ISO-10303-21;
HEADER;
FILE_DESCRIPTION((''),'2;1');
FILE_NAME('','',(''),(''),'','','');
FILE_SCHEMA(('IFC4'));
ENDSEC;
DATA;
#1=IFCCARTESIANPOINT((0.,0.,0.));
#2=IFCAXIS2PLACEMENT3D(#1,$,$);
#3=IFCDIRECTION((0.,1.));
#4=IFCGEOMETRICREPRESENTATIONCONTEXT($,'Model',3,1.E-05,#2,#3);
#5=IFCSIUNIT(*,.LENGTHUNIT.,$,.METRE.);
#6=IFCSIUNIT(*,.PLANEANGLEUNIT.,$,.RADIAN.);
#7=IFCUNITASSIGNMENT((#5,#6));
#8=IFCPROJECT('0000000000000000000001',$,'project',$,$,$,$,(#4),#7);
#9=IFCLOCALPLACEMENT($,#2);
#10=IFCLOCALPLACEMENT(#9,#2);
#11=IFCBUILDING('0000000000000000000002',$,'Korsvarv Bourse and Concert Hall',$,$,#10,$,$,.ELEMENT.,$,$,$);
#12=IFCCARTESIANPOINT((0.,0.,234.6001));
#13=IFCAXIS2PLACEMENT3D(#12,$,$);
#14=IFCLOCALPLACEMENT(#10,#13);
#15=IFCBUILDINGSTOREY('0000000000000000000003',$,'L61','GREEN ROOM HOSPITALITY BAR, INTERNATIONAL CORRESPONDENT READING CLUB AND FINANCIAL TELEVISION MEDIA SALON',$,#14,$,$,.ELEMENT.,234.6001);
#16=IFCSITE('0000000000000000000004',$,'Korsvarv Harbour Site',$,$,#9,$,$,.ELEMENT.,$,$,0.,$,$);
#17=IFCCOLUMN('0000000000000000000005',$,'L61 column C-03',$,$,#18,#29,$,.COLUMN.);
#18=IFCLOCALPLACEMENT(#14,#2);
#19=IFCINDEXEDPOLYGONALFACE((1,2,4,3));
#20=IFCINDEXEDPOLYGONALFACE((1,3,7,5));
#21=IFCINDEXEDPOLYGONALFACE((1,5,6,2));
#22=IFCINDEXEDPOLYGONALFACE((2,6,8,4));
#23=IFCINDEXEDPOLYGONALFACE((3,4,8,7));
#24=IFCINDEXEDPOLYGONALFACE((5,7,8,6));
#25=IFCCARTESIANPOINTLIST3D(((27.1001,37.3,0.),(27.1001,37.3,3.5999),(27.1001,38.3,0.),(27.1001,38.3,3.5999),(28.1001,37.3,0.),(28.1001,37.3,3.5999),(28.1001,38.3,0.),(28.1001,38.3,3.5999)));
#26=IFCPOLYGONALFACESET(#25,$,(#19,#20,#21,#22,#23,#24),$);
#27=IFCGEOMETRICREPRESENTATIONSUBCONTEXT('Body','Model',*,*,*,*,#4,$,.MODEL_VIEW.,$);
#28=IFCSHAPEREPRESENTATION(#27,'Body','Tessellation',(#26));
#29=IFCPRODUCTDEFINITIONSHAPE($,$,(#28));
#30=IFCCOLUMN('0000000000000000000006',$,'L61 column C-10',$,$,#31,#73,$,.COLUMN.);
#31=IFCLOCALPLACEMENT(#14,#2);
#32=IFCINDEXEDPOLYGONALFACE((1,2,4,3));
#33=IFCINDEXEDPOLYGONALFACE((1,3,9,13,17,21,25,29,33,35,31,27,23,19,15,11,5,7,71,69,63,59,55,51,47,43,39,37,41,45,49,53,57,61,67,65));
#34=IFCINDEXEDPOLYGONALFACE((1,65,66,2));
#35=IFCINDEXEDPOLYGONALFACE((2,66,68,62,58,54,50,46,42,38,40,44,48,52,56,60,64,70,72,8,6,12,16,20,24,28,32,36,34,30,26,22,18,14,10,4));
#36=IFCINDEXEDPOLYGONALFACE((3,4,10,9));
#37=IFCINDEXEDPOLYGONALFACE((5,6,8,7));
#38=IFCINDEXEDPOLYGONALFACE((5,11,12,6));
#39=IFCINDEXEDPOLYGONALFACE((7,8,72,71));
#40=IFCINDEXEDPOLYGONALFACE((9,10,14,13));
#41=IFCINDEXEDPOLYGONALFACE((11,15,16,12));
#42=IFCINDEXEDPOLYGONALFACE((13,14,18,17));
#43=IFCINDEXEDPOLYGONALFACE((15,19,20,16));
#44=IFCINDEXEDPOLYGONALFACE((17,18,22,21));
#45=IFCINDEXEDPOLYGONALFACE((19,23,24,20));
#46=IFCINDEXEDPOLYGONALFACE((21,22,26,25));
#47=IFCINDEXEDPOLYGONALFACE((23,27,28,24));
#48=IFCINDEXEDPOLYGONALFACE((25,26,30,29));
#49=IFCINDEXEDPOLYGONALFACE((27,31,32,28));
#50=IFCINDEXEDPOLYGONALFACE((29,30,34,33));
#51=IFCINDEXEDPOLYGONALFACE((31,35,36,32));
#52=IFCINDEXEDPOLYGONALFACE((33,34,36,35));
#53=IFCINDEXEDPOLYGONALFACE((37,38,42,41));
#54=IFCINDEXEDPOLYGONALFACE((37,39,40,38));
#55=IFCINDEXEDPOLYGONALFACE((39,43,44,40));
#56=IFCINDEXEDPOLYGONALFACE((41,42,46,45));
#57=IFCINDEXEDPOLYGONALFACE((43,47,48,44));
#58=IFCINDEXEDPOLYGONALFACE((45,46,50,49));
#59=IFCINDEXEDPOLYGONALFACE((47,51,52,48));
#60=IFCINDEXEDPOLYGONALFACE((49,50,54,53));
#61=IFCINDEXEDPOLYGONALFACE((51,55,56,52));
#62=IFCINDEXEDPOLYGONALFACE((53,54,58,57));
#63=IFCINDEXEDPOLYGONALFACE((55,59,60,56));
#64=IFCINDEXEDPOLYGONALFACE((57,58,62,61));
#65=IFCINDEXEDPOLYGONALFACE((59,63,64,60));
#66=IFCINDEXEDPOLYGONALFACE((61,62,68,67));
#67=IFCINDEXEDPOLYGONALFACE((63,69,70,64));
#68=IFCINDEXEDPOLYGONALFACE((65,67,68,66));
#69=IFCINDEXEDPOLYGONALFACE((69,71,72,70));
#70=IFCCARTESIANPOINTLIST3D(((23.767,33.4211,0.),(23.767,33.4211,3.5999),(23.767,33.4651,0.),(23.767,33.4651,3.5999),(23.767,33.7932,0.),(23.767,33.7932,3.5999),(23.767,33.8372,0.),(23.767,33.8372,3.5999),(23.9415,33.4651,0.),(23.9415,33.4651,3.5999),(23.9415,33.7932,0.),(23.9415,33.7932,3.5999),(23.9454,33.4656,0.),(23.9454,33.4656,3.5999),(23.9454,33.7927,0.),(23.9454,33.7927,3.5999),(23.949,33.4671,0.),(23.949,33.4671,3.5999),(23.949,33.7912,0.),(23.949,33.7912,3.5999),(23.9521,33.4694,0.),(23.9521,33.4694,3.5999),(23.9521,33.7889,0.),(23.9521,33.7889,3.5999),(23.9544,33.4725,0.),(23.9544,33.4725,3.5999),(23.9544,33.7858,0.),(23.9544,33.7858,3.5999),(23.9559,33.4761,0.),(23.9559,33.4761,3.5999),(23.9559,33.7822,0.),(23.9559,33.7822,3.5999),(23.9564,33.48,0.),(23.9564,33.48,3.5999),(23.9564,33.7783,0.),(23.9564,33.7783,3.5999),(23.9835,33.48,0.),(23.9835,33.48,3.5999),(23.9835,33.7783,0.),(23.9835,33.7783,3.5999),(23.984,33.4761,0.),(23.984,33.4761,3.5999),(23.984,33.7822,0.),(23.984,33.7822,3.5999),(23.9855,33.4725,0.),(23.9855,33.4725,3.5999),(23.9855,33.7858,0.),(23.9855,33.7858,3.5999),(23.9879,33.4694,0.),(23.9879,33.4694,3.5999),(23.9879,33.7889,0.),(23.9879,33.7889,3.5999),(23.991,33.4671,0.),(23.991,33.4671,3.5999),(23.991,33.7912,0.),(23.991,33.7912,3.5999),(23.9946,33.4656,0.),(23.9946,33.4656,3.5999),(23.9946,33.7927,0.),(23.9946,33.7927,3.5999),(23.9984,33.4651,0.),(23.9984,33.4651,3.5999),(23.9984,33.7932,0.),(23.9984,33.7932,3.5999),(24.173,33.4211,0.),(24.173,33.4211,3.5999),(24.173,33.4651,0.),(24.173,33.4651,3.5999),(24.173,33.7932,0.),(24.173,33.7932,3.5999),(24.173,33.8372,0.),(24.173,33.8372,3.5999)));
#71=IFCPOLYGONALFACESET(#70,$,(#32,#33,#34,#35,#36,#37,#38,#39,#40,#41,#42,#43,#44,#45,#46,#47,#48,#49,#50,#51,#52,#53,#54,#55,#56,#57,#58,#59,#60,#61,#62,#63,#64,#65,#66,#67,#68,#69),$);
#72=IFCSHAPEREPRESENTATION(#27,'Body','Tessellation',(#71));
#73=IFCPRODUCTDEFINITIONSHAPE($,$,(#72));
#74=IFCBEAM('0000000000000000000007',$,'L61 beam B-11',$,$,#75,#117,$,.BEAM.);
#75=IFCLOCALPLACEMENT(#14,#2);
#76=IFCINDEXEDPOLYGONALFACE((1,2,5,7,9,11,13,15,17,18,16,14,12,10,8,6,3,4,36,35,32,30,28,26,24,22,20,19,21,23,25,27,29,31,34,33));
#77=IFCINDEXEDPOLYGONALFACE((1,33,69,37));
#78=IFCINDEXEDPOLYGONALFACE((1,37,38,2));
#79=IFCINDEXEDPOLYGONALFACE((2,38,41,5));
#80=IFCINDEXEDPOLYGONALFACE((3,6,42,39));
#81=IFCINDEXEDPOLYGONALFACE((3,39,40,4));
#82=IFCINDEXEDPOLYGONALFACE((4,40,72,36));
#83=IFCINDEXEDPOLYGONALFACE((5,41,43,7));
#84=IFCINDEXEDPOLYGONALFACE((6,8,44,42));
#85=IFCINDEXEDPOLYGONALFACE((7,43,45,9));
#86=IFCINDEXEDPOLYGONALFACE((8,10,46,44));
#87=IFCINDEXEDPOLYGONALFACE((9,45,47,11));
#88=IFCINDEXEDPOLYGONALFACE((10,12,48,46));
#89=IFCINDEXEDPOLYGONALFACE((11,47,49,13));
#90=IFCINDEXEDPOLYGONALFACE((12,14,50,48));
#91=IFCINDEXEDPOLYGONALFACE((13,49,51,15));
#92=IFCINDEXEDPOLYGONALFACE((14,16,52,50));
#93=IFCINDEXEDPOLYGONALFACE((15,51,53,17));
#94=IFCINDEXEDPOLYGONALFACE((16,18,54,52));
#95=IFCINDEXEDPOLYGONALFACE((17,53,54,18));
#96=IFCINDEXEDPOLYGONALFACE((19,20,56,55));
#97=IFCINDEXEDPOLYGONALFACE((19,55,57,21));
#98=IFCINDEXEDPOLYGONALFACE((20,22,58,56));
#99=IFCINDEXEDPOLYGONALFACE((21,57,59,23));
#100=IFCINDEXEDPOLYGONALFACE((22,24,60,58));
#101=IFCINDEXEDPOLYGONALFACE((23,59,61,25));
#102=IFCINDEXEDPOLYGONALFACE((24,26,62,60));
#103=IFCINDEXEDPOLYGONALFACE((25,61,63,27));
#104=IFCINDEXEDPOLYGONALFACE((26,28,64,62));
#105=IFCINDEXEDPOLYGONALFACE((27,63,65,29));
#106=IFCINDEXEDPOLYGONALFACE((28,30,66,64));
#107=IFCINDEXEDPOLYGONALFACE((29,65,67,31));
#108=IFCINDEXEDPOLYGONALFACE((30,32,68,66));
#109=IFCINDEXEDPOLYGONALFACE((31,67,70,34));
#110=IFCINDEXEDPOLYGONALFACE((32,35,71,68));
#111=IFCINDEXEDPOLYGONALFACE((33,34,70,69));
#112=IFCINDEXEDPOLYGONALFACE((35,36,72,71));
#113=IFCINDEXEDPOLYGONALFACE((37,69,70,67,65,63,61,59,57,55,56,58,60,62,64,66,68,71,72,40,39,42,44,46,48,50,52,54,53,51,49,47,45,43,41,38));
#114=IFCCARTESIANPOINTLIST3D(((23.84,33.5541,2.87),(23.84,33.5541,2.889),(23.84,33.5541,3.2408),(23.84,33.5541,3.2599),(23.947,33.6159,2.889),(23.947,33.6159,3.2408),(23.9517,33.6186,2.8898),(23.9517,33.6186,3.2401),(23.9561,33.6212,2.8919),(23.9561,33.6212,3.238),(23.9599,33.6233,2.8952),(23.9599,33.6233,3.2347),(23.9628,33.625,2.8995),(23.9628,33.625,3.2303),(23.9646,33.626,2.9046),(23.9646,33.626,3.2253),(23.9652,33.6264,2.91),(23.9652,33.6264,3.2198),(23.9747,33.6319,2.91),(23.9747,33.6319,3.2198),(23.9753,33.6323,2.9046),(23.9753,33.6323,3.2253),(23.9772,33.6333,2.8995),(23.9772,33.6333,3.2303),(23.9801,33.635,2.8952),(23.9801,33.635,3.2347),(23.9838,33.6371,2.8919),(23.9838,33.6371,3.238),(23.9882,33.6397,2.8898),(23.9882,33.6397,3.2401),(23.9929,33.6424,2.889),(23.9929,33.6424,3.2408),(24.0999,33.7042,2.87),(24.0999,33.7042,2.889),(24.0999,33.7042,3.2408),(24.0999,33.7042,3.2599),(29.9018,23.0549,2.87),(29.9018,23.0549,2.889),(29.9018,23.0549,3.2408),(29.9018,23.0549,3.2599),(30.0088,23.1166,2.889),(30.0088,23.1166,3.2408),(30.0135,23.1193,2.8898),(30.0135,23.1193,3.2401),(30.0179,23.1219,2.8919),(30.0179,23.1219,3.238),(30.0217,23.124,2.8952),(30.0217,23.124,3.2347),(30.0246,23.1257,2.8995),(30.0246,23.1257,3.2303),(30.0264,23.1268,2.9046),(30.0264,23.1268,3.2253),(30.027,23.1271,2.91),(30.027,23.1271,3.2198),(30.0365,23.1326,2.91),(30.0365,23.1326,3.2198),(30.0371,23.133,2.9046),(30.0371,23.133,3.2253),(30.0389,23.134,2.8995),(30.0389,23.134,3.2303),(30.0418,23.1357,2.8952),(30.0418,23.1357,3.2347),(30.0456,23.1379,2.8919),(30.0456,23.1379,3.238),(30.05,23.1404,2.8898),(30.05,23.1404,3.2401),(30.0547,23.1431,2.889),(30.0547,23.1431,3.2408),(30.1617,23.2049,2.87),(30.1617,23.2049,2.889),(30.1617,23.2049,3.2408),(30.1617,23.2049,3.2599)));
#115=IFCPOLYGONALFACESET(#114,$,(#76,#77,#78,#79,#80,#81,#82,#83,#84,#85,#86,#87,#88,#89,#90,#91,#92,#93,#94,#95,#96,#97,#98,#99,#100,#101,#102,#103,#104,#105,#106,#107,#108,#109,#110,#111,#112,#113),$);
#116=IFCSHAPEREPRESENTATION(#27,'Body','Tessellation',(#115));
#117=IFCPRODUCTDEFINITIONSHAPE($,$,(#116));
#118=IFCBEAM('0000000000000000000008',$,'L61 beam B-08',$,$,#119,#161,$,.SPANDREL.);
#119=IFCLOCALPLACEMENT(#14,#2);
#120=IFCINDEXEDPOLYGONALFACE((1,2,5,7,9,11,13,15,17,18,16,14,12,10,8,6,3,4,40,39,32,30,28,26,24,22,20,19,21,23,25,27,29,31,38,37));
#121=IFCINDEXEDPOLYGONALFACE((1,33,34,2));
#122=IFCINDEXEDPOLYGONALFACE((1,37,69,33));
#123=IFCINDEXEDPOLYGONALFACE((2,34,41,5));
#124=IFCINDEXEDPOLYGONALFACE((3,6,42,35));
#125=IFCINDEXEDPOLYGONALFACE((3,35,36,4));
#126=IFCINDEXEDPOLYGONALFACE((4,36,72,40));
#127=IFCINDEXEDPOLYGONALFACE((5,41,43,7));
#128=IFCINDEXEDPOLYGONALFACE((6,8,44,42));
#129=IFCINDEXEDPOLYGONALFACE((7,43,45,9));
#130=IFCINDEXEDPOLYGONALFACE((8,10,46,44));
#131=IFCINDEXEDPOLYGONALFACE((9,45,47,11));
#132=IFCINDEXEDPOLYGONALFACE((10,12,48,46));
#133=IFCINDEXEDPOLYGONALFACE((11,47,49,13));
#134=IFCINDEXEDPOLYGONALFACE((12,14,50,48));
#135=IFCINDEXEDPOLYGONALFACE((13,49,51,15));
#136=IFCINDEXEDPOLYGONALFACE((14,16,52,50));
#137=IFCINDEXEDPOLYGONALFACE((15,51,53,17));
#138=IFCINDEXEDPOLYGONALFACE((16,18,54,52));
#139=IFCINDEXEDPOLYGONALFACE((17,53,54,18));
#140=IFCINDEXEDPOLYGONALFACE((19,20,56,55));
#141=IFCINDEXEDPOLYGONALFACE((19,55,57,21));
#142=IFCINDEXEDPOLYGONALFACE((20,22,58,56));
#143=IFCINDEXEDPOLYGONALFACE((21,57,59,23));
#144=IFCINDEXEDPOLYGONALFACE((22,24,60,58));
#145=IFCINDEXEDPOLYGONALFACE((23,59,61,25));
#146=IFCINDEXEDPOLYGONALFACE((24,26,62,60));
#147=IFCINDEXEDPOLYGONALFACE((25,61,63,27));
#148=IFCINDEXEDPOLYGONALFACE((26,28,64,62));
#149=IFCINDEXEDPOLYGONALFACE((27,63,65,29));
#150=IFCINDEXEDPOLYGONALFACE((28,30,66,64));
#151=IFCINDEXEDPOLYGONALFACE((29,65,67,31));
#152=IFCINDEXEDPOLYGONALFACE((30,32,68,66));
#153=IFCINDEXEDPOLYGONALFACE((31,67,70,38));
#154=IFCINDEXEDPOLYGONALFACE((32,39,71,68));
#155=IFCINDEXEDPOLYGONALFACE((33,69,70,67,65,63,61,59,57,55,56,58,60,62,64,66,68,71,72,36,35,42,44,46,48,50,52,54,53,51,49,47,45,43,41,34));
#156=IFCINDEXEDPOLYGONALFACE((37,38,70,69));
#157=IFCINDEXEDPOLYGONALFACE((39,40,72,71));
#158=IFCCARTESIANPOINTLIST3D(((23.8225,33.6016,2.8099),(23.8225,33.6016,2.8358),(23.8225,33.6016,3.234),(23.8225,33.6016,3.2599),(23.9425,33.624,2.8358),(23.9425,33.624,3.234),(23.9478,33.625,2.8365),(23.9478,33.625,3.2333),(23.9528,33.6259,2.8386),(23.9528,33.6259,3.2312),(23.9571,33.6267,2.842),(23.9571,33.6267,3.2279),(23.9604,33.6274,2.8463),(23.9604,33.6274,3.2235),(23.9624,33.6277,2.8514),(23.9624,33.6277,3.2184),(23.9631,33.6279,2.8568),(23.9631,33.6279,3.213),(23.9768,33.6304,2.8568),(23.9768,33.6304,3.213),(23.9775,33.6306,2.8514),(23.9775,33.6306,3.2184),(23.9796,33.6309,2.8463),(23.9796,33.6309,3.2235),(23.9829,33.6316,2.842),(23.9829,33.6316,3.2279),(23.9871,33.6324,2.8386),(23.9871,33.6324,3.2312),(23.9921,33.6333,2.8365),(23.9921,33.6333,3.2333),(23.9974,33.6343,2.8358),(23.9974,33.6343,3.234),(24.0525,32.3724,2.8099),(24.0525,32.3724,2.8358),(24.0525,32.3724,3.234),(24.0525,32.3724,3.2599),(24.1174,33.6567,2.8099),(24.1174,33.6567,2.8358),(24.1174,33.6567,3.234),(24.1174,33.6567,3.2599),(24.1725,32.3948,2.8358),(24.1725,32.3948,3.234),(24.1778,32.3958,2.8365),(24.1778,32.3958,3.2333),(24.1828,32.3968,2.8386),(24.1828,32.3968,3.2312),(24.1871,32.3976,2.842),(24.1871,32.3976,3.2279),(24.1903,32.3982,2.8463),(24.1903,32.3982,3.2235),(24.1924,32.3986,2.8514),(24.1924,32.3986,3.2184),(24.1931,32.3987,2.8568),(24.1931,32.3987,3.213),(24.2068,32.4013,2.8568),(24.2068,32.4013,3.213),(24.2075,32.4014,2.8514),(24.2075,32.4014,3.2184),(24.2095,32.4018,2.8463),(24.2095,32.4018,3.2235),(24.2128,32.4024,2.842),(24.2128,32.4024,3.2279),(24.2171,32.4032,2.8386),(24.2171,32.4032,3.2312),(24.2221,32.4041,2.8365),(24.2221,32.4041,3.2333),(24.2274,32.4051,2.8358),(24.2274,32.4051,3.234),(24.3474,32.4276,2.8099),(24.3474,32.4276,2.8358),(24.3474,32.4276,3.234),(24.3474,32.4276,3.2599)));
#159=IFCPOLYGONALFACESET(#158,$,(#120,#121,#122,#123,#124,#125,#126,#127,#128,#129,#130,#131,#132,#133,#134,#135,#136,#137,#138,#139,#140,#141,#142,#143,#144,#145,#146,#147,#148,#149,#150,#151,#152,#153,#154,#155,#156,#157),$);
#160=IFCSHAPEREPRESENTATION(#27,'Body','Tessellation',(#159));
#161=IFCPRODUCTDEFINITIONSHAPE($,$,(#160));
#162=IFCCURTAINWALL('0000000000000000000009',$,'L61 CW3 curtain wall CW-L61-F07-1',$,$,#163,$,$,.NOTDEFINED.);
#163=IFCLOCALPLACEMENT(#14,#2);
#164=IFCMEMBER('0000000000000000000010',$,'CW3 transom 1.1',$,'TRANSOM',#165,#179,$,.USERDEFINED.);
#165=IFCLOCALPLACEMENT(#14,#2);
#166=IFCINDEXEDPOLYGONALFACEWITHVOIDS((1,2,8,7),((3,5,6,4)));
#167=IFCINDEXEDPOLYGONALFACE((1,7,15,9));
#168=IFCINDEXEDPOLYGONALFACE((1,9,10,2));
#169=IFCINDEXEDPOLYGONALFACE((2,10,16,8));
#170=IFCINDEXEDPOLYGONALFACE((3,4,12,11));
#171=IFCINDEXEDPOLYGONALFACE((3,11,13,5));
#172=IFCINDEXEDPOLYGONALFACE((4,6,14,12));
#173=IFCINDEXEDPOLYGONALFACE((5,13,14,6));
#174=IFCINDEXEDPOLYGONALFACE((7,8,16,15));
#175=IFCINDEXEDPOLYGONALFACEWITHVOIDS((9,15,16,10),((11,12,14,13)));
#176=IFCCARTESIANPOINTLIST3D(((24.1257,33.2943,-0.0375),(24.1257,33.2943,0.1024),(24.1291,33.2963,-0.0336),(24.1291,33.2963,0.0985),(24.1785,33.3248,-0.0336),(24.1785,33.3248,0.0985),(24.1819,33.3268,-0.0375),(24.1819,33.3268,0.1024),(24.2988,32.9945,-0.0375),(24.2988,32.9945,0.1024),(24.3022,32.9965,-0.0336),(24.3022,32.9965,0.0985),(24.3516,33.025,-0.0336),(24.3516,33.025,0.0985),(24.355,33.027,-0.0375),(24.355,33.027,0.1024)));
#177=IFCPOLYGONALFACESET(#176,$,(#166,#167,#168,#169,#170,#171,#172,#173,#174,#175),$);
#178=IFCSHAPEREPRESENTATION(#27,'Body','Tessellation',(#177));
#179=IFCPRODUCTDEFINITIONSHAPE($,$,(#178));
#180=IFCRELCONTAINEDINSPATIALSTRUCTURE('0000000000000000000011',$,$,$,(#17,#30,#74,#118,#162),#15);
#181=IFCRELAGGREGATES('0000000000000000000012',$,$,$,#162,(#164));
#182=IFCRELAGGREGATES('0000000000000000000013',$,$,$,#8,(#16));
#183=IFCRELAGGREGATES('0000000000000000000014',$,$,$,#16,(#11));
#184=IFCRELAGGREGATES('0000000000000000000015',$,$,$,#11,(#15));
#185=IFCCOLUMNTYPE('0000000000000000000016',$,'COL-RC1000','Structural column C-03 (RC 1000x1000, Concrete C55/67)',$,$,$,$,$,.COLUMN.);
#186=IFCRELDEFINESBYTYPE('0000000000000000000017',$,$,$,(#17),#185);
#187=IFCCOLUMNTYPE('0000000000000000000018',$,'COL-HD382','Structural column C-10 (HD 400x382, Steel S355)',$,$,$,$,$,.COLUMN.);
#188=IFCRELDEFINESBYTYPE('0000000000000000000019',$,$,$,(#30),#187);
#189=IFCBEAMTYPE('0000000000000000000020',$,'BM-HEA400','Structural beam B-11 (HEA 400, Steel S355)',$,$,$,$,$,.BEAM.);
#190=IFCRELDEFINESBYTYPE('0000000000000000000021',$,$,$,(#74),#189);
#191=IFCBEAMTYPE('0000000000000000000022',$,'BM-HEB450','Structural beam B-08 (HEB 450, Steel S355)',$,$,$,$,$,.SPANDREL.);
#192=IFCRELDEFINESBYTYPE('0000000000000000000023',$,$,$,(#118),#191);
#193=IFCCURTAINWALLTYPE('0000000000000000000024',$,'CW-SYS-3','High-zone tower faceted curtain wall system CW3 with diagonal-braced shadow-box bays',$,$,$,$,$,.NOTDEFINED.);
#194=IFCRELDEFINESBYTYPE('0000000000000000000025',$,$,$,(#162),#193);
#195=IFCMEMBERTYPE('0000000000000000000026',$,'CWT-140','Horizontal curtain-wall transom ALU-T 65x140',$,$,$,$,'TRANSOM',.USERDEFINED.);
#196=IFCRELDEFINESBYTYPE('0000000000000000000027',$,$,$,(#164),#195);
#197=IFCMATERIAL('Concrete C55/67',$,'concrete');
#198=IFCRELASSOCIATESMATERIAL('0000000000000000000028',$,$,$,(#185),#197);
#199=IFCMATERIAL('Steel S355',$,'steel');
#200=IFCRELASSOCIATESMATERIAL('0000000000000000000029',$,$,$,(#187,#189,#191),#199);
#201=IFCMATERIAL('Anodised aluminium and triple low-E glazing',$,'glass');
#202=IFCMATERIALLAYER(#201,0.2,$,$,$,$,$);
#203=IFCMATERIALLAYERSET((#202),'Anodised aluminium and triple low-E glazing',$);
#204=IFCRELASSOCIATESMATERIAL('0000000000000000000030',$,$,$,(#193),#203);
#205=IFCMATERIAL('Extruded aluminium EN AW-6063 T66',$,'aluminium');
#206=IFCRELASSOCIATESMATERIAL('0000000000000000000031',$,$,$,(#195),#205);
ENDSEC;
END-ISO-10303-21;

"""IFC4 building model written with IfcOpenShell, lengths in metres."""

from ifc_helpers import new_model, si_unit, direction, frame, origin, origin_2d, place, context, subcontext, project, spatial, rectangle, hollow_rectangle, i_section, extrude, source, transform, mapped, material, layer, layer_set, material_profile, profile_set, type_object, element, aggregate, save


model = new_model("IFC4")

# Units and contexts
model_context = context("Model", 3, precision=1e-05, world=origin(), true_north=direction((0.0, 1.0)))
body_context = subcontext(model_context, "Body", "Model", "MODEL_VIEW")
ifc_project = project(units=[si_unit("LENGTHUNIT", "METRE"), si_unit("PLANEANGLEUNIT", "RADIAN")], contexts=[model_context])

# Site, building, storey
site_placement = place(None, origin())
site = spatial("IfcSite", under=ifc_project, at=site_placement, Name="Korsvarv Harbour Site", CompositionType="ELEMENT", RefElevation=0.0)
building_placement = place(site_placement, origin())
building = spatial("IfcBuilding", under=site, at=building_placement, Name="Korsvarv Bourse and Concert Hall", CompositionType="ELEMENT")
storey_placement = place(building_placement, frame((0.0, 0.0, 234.6001)))
storey = spatial("IfcBuildingStorey", under=building, at=storey_placement, Name="L61", Description="GREEN ROOM HOSPITALITY BAR, INTERNATIONAL CORRESPONDENT READING CLUB AND FINANCIAL TELEVISION MEDIA SALON", CompositionType="ELEMENT", Elevation=234.6001)

# Columns
ifc_material_1 = material(Name="Concrete C55/67", Category="concrete")
ifc_material_profile_1 = material_profile(ifc_material_1, rectangle(XDim=1.0, YDim=1.0, at=origin_2d()), Name="RC 1000x1000")
ifc_profile_set_1 = profile_set([ifc_material_profile_1], Name="Concrete C55/67")
column_type_1 = type_object("IfcColumnType", Name="COL-RC1000", Description="Structural column C-03 (RC 1000x1000, Concrete C55/67)", PredefinedType="COLUMN", material=ifc_profile_set_1)
shared_shape_1 = source(origin(), body_context, "Body", "SweptSolid", [
    extrude(rectangle(XDim=1.0, YDim=1.0, at=origin_2d()), origin(), (0.0, 0.0, 1.0), 3.5999),
])
column_1_placement = place(storey_placement, frame((27.6001, 37.8, 0.0), z_axis=(0.0, 0.0, 1.0), x_axis=(1.0, 0.0, 0.0)))
element("IfcColumn", 1, at=column_1_placement, inside=storey, type_object=column_type_1, Name="L61 column C-03", PredefinedType="COLUMN", context=body_context, shape_type="MappedRepresentation", body=[
    mapped(shared_shape_1, transform((0.0, 0.0, 0.0), scale=1.0)),
])
ifc_material_2 = material(Name="Steel S355", Category="steel")
ifc_material_profile_2 = material_profile(ifc_material_2, i_section(OverallWidth=0.406, OverallDepth=0.416, WebThickness=0.0271, FlangeThickness=0.0439, FilletRadius=0.0149, at=origin_2d()), Name="HD 400x382")
ifc_profile_set_2 = profile_set([ifc_material_profile_2], Name="Steel S355")
column_type_2 = type_object("IfcColumnType", Name="COL-HD382", Description="Structural column C-10 (HD 400x382, Steel S355)", PredefinedType="COLUMN", material=ifc_profile_set_2)
shared_shape_2 = source(origin(), body_context, "Body", "SweptSolid", [
    extrude(i_section(OverallWidth=0.406, OverallDepth=0.416, WebThickness=0.0271, FlangeThickness=0.0439, FilletRadius=0.0149, at=origin_2d()), origin(), (0.0, 0.0, 1.0), 3.5999),
])
column_2_placement = place(storey_placement, frame((23.97, 33.6292, 0.0), z_axis=(0.0, 0.0, 1.0), x_axis=(1.0, 0.0, 0.0)))
element("IfcColumn", 2, at=column_2_placement, inside=storey, type_object=column_type_2, Name="L61 column C-10", PredefinedType="COLUMN", context=body_context, shape_type="MappedRepresentation", body=[
    mapped(shared_shape_2, transform((0.0, 0.0, 0.0), scale=1.0)),
])

# Beams
ifc_material_profile_3 = material_profile(ifc_material_2, i_section(OverallWidth=0.3, OverallDepth=0.3899, WebThickness=0.011, FlangeThickness=0.019, FilletRadius=0.021, at=origin_2d()), Name="HEA 400")
ifc_profile_set_3 = profile_set([ifc_material_profile_3], Name="Steel S355")
beam_type_1 = type_object("IfcBeamType", Name="BM-HEA400", Description="Structural beam B-11 (HEA 400, Steel S355)", PredefinedType="BEAM", material=ifc_profile_set_3)
shared_shape_3 = source(origin(), body_context, "Body", "SweptSolid", [
    extrude(i_section(OverallWidth=0.3, OverallDepth=0.3899, WebThickness=0.011, FlangeThickness=0.019, FilletRadius=0.021, at=origin_2d()), origin(), (0.0, 0.0, 1.0), 12.1235),
])
beam_1_placement = place(storey_placement, frame((23.97, 33.6292, 3.0649), z_axis=(0.500001, -0.866025, 0.0), x_axis=(0.866025, 0.500001, 0.0)))
element("IfcBeam", 3, at=beam_1_placement, inside=storey, type_object=beam_type_1, Name="L61 beam B-11", PredefinedType="BEAM", context=body_context, shape_type="MappedRepresentation", body=[
    mapped(shared_shape_3, transform((0.0, 0.0, 0.0), scale=1.0)),
])
ifc_material_profile_4 = material_profile(ifc_material_2, i_section(OverallWidth=0.3, OverallDepth=0.45, WebThickness=0.0139, FlangeThickness=0.0259, FilletRadius=0.021, at=origin_2d()), Name="HEB 450")
ifc_profile_set_4 = profile_set([ifc_material_profile_4], Name="Steel S355")
beam_type_2 = type_object("IfcBeamType", Name="BM-HEB450", Description="Structural beam B-08 (HEB 450, Steel S355)", PredefinedType="SPANDREL", material=ifc_profile_set_4)
shared_shape_4 = source(origin(), body_context, "Body", "SweptSolid", [
    extrude(i_section(OverallWidth=0.3, OverallDepth=0.45, WebThickness=0.0139, FlangeThickness=0.0259, FilletRadius=0.021, at=origin_2d()), origin(), (0.0, 0.0, 1.0), 1.2505),
])
beam_2_placement = place(storey_placement, frame((23.97, 33.6292, 3.0349), z_axis=(0.1839, -0.982945, 0.0), x_axis=(0.982945, 0.1839, 0.0)))
element("IfcBeam", 4, at=beam_2_placement, inside=storey, type_object=beam_type_2, Name="L61 beam B-08", PredefinedType="SPANDREL", context=body_context, shape_type="MappedRepresentation", body=[
    mapped(shared_shape_4, transform((0.0, 0.0, 0.0), scale=1.0)),
])

# Curtain wall, member
ifc_material_3 = material(Name="Anodised aluminium and triple low-E glazing", Category="glass")
ifc_layer_1 = layer(ifc_material_3, 0.2)
ifc_layer_set_1 = layer_set([ifc_layer_1], Name="Anodised aluminium and triple low-E glazing")
curtain_wall_type = type_object("IfcCurtainWallType", Name="CW-SYS-3", Description="High-zone tower faceted curtain wall system CW3 with diagonal-braced shadow-box bays", PredefinedType="NOTDEFINED", material=ifc_layer_set_1)
curtain_wall_placement = place(storey_placement, origin())
curtain_wall = element("IfcCurtainWall", 5, at=curtain_wall_placement, inside=storey, type_object=curtain_wall_type, Name="L61 CW3 curtain wall CW-L61-F07-1", PredefinedType="NOTDEFINED")
ifc_material_4 = material(Name="Extruded aluminium EN AW-6063 T66", Category="aluminium")
ifc_material_profile_5 = material_profile(ifc_material_4, hollow_rectangle(XDim=0.0649, YDim=0.1399, WallThickness=0.0039, at=origin_2d()), Name="ALU-T 65x140")
ifc_profile_set_5 = profile_set([ifc_material_profile_5], Name="Extruded aluminium EN AW-6063 T66")
member_type_1 = type_object("IfcMemberType", Name="CWT-140", Description="Horizontal curtain-wall transom ALU-T 65x140", ElementType="TRANSOM", PredefinedType="USERDEFINED", material=ifc_profile_set_5)
shared_shape_5 = source(origin(), body_context, "Body", "SweptSolid", [
    extrude(hollow_rectangle(XDim=0.0649, YDim=0.1399, WallThickness=0.0039, at=origin_2d()), origin(), (0.0, 0.0, 1.0), 0.3462),
])
member_1_placement = place(storey_placement, frame((24.1538, 33.3105, 0.0325), z_axis=(0.500007, -0.866021, 0.0), x_axis=(0.866021, 0.500007, 0.0)))
member_1 = element("IfcMember", 6, at=member_1_placement, type_object=member_type_1, Name="CW3 transom 1.1", ObjectType="TRANSOM", PredefinedType="USERDEFINED", context=body_context, shape_type="MappedRepresentation", body=[
    mapped(shared_shape_5, transform((0.0, 0.0, 0.0), scale=1.0)),
])
aggregate(curtain_wall, [member_1])

save(model, "model.ifc")
